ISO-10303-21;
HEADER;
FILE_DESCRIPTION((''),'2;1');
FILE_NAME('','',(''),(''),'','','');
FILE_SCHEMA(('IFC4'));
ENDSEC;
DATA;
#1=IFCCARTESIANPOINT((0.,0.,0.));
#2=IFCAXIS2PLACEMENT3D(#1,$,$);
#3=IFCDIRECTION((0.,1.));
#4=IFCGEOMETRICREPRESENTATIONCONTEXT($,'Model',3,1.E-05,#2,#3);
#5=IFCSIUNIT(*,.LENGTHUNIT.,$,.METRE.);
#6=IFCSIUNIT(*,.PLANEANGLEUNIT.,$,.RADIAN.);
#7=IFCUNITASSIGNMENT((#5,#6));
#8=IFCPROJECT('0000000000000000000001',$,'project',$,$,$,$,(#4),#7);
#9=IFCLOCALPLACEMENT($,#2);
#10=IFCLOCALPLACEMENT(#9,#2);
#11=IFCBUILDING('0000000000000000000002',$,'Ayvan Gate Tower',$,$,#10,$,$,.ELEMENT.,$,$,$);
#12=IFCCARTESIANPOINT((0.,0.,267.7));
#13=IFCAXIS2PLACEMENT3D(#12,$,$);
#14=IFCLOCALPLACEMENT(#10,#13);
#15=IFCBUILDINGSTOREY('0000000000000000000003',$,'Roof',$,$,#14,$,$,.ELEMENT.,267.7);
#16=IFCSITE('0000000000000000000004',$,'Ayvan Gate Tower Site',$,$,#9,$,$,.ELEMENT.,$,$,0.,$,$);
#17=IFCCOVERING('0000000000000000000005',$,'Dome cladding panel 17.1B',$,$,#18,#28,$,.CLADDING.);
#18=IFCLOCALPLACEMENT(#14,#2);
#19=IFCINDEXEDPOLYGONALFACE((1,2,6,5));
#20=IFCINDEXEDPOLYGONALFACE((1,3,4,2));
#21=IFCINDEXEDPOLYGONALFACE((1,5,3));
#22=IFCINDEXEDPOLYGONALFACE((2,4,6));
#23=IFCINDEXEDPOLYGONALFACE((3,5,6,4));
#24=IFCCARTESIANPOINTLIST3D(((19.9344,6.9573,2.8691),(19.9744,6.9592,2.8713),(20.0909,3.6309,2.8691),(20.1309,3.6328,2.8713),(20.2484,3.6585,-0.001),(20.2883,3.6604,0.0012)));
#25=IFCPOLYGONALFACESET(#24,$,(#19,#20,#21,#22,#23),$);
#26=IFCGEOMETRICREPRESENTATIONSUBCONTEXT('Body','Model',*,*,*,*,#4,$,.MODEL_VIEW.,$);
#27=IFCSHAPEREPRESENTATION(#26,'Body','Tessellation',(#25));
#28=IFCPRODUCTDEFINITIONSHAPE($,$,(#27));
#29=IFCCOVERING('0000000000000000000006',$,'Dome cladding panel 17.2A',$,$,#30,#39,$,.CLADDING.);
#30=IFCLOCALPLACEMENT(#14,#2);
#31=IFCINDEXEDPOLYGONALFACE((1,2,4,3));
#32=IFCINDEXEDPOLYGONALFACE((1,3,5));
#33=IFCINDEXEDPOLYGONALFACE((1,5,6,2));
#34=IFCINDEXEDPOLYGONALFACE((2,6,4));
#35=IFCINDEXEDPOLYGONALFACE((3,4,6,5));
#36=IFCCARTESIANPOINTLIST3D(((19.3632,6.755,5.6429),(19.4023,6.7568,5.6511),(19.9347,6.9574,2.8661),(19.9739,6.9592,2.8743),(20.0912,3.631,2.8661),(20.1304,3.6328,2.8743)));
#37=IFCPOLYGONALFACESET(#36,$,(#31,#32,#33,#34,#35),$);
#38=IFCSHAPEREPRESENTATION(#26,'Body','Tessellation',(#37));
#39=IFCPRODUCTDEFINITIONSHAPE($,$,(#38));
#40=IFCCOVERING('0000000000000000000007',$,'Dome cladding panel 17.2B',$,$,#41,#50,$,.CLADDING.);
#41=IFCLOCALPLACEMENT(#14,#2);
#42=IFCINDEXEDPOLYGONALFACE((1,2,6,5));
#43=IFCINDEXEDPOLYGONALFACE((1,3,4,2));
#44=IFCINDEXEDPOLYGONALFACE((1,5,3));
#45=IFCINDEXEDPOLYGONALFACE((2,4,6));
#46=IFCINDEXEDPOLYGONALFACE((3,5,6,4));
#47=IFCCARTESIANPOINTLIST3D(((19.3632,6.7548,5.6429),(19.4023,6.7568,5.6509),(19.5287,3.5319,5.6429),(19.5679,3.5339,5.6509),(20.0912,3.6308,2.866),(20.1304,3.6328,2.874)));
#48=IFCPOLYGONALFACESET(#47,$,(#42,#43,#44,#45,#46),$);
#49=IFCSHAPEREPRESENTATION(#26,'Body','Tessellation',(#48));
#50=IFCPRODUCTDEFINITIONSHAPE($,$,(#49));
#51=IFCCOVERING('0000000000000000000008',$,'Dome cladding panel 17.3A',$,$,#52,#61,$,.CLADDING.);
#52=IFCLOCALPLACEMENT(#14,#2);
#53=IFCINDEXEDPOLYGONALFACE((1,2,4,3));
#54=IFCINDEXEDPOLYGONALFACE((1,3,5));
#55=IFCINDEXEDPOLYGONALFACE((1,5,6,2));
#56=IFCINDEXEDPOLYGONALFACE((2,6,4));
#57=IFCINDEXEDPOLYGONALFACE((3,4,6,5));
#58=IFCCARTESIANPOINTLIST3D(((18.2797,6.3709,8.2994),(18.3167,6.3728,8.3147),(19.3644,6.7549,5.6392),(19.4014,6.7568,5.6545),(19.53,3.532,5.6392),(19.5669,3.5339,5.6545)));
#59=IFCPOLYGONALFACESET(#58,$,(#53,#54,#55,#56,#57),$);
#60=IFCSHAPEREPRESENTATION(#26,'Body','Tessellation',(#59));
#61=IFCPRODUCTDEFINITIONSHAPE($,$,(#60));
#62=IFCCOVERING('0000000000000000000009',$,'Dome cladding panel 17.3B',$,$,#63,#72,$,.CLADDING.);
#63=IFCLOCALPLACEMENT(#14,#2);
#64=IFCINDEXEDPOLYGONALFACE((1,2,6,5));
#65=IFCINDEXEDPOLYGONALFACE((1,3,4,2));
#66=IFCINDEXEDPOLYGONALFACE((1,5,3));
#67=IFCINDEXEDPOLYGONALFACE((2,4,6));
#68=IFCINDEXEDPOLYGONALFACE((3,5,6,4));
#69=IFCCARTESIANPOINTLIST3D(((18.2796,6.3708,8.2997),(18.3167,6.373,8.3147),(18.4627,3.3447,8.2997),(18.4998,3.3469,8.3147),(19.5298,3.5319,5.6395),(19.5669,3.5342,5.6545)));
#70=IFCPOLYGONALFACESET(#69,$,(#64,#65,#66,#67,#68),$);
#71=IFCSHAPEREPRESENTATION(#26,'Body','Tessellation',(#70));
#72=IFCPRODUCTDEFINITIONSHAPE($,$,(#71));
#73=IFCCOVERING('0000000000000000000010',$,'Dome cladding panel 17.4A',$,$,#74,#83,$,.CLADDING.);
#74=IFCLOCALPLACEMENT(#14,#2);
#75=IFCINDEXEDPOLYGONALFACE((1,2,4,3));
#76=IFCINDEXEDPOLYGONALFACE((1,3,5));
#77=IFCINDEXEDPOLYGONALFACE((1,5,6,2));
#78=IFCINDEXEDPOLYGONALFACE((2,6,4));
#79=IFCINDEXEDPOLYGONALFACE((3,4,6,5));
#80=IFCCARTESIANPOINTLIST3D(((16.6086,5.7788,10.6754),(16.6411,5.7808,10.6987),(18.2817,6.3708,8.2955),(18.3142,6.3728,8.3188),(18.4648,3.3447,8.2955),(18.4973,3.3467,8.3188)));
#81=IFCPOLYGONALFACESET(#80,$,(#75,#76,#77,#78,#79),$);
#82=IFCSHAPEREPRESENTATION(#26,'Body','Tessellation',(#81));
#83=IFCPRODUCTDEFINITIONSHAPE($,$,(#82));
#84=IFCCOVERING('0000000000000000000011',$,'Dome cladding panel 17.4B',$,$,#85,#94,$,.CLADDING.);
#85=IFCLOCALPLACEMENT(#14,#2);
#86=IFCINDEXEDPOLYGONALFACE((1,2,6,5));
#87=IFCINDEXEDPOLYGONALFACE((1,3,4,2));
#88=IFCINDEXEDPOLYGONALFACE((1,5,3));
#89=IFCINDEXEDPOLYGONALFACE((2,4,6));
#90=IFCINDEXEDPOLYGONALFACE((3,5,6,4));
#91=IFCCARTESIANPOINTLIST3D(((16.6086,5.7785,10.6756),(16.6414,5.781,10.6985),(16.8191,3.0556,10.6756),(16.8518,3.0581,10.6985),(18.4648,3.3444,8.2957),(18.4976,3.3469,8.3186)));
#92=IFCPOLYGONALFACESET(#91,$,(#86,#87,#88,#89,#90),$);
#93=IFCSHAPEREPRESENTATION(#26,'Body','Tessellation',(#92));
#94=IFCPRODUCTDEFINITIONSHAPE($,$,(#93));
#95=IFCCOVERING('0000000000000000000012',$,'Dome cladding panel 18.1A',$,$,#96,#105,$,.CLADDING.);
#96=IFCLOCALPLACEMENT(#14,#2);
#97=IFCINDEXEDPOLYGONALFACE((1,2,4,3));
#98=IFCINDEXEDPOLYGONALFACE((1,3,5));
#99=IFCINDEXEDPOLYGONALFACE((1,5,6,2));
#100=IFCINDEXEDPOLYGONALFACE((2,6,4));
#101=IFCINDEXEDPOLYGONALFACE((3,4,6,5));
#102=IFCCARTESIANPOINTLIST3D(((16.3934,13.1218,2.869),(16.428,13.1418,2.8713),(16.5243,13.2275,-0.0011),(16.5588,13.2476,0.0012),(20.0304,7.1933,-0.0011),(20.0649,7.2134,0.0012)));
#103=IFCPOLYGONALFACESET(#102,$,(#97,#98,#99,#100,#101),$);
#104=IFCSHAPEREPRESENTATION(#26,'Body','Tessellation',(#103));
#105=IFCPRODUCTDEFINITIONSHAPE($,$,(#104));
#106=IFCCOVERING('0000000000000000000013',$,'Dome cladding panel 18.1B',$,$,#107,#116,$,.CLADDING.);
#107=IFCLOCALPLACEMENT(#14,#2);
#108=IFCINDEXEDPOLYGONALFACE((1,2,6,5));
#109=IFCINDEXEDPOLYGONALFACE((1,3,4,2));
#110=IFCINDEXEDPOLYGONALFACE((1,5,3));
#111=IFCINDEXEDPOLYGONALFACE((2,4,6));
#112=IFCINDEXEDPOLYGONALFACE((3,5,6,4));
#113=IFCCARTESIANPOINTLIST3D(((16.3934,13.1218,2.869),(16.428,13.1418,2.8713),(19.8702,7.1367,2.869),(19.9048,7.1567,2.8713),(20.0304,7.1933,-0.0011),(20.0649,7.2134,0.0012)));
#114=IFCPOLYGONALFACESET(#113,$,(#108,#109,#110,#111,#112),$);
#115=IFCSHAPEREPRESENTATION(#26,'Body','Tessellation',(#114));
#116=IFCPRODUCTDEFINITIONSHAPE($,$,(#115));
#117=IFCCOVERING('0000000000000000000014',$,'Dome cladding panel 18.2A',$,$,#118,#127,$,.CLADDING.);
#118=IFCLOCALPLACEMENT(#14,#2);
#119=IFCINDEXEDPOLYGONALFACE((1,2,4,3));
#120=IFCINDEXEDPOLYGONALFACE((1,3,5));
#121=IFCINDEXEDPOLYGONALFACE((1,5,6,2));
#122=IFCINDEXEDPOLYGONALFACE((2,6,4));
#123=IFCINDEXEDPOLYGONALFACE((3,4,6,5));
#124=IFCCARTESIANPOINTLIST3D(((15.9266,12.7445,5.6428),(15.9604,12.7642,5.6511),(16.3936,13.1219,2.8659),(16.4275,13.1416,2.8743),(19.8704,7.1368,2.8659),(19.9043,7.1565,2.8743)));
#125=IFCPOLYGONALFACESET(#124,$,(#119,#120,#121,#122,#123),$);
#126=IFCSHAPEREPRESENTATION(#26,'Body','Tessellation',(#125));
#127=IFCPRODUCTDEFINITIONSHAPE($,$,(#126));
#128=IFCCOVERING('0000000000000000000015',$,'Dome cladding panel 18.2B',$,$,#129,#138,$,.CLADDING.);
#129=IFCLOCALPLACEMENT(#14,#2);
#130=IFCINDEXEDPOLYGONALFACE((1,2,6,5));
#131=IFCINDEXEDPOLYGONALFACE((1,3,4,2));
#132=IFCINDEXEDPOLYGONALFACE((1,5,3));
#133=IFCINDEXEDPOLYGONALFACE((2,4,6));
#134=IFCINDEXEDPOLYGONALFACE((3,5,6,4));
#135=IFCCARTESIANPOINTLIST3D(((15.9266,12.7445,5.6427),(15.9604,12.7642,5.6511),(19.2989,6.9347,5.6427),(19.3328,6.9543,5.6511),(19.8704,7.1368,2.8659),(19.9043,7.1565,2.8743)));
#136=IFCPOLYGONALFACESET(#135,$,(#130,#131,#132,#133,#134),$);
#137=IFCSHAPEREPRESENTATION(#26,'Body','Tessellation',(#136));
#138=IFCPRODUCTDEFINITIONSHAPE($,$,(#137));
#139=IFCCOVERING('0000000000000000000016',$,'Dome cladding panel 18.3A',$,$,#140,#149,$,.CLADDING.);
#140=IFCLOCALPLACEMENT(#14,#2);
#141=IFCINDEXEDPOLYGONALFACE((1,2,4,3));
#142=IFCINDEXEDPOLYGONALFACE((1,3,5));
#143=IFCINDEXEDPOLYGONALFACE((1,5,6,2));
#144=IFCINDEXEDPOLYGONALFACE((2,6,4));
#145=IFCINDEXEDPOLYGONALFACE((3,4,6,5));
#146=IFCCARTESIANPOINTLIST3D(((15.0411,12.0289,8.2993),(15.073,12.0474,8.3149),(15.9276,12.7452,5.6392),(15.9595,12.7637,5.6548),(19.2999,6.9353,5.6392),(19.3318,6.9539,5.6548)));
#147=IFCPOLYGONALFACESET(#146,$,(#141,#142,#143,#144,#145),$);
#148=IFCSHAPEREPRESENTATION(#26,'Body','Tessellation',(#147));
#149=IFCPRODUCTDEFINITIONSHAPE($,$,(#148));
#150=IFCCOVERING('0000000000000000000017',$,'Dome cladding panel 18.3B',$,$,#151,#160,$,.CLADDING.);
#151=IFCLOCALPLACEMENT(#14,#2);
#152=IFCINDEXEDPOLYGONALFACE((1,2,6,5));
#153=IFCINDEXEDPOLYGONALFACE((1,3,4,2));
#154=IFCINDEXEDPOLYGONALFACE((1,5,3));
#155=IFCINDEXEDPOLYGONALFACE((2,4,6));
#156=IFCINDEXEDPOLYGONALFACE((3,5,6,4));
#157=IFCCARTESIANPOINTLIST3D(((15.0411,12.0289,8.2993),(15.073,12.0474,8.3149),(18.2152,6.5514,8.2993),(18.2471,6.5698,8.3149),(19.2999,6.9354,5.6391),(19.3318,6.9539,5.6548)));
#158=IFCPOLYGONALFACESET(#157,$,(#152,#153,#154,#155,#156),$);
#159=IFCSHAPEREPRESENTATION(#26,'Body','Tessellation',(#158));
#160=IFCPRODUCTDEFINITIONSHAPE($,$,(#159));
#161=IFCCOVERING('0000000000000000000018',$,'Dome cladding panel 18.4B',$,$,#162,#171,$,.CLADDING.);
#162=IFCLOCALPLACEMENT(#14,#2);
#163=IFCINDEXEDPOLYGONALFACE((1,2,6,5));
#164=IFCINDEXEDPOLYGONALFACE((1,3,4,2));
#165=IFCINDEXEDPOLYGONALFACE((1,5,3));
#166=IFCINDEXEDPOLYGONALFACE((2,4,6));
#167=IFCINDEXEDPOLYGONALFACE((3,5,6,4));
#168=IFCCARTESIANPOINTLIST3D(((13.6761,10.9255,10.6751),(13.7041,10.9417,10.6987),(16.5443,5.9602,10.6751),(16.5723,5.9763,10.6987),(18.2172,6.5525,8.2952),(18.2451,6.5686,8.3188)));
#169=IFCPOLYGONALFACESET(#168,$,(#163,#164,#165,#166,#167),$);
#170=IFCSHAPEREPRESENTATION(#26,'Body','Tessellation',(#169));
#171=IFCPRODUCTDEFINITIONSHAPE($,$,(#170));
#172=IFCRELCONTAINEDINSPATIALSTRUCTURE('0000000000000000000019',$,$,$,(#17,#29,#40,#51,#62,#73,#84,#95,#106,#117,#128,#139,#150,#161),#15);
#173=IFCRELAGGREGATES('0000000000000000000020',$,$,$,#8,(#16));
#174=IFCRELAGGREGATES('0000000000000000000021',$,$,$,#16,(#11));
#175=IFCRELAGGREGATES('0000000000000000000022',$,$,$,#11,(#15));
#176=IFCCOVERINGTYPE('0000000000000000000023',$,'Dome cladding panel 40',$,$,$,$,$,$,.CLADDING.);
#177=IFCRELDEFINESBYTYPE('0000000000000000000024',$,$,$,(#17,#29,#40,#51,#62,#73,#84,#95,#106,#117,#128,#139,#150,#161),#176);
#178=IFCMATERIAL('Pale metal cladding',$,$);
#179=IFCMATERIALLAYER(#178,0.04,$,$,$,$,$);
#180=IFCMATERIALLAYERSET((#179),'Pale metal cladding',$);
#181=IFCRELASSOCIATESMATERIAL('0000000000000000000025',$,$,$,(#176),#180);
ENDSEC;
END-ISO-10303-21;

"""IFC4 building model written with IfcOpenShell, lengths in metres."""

from ifc_helpers import new_model, si_unit, direction, frame, origin, place, context, subcontext, project, spatial, polyline, outline, extrude, material, layer, layer_set, type_object, element, save


model = new_model("IFC4")

# Units and contexts
model_context = context("Model", 3, precision=1e-05, world=origin(), true_north=direction((0.0, 1.0)))
body_context = subcontext(model_context, "Body", "Model", "MODEL_VIEW")
ifc_project = project(units=[si_unit("LENGTHUNIT", "METRE"), si_unit("PLANEANGLEUNIT", "RADIAN")], contexts=[model_context])

# Site, building, storey
site_placement = place(None, origin())
site = spatial("IfcSite", under=ifc_project, at=site_placement, Name="Ayvan Gate Tower Site", CompositionType="ELEMENT", RefElevation=0.0)
building_placement = place(site_placement, origin())
building = spatial("IfcBuilding", under=site, at=building_placement, Name="Ayvan Gate Tower", CompositionType="ELEMENT")
storey_placement = place(building_placement, frame((0.0, 0.0, 267.7)))
storey = spatial("IfcBuildingStorey", under=building, at=storey_placement, Name="Roof", CompositionType="ELEMENT", Elevation=267.7)

# Coverings
ifc_material_1 = material(Name="Pale metal cladding")
ifc_layer_1 = layer(ifc_material_1, 0.04)
ifc_layer_set_1 = layer_set([ifc_layer_1], Name="Pale metal cladding")
covering_type = type_object("IfcCoveringType", Name="Dome cladding panel 40", PredefinedType="CLADDING", material=ifc_layer_set_1)
covering_1_placement = place(storey_placement, frame((20.2883, 3.6604, 0.0012), z_axis=(0.997374, 0.046922, 0.055173), x_axis=(-0.071618, 0.75249, 0.654698)))
element("IfcCovering", 1, at=covering_1_placement, inside=storey, type_object=covering_type, Name="Dome cladding panel 17.1B", PredefinedType="CLADDING", context=body_context, shape_type="SweptSolid", body=[
    extrude(outline(polyline([(0.0, 0.0), (4.3839, 0.0), (1.8696, 2.1835), (0.0, 0.0)])), origin(), (0.0, 0.0, -1.0), 0.04),
])
covering_2_placement = place(storey_placement, frame((20.1304, 3.6328, 2.8743), z_axis=(0.977765, 0.046, 0.204597), x_axis=(-0.046994, 0.998895, 0.0)))
element("IfcCovering", 2, at=covering_2_placement, inside=storey, type_object=covering_type, Name="Dome cladding panel 17.2A", PredefinedType="CLADDING", context=body_context, shape_type="SweptSolid", body=[
    extrude(outline(polyline([(0.0, 0.0), (3.3301, 0.0), (3.1548, 2.8369), (0.0, 0.0)])), origin(), (0.0, 0.0, -1.0), 0.04),
])
covering_3_placement = place(storey_placement, frame((20.1304, 3.6328, 2.874), z_axis=(0.978506, 0.050256, 0.200003), x_axis=(-0.171595, 0.73633, 0.654503)))
element("IfcCovering", 3, at=covering_3_placement, inside=storey, type_object=covering_type, Name="Dome cladding panel 17.2B", PredefinedType="CLADDING", context=body_context, shape_type="SweptSolid", body=[
    extrude(outline(polyline([(0.0, 0.0), (4.2427, 0.0), (1.8412, 2.1557), (0.0, 0.0)])), origin(), (0.0, 0.0, -1.0), 0.04),
])
covering_4_placement = place(storey_placement, frame((19.5669, 3.5339, 5.6545), z_axis=(0.922527, 0.047381, 0.383014), x_axis=(-0.051292, 0.998684, 0.0)))
element("IfcCovering", 4, at=covering_4_placement, inside=storey, type_object=covering_type, Name="Dome cladding panel 17.3A", PredefinedType="CLADDING", context=body_context, shape_type="SweptSolid", body=[
    extrude(outline(polyline([(0.0, 0.0), (3.2271, 0.0), (2.8993, 2.8798), (0.0, 0.0)])), origin(), (0.0, 0.0, -1.0), 0.04),
])
covering_5_placement = place(storey_placement, frame((19.5669, 3.5342, 5.6545), z_axis=(0.925282, 0.055987, 0.375124), x_axis=(-0.305952, 0.69471, 0.650977)))
element("IfcCovering", 5, at=covering_5_placement, inside=storey, type_object=covering_type, Name="Dome cladding panel 17.3B", PredefinedType="CLADDING", context=body_context, shape_type="SweptSolid", body=[
    extrude(outline(polyline([(0.0, 0.0), (4.0864, 0.0), (1.9281, 2.129), (0.0, 0.0)])), origin(), (0.0, 0.0, -1.0), 0.04),
])
covering_6_placement = place(storey_placement, frame((18.4973, 3.3467, 8.3188), z_axis=(0.811298, 0.04909, 0.582568), x_axis=(-0.060398, 0.998174, 0.0)))
element("IfcCovering", 6, at=covering_6_placement, inside=storey, type_object=covering_type, Name="Dome cladding panel 17.4A", PredefinedType="CLADDING", context=body_context, shape_type="SweptSolid", body=[
    extrude(outline(polyline([(0.0, 0.0), (3.0317, 0.0), (2.5417, 2.9281), (0.0, 0.0)])), origin(), (0.0, 0.0, -1.0), 0.04),
])
covering_7_placement = place(storey_placement, frame((18.4976, 3.3469, 8.3186), z_axis=(0.817248, 0.063164, 0.572814), x_axis=(-0.478726, 0.627765, 0.613786)))
element("IfcCovering", 7, at=covering_7_placement, inside=storey, type_object=covering_type, Name="Dome cladding panel 17.4B", PredefinedType="CLADDING", context=body_context, shape_type="SweptSolid", body=[
    extrude(outline(polyline([(0.0, 0.0), (3.8774, 0.0), (2.0673, 2.045), (0.0, 0.0)])), origin(), (0.0, 0.0, -1.0), 0.04),
])
covering_8_placement = place(storey_placement, frame((20.0649, 7.2134, 0.0012), z_axis=(0.863193, 0.50155, 0.057829), x_axis=(-0.502391, 0.86464, 0.0)))
element("IfcCovering", 8, at=covering_8_placement, inside=storey, type_object=covering_type, Name="Dome cladding panel 18.1A", PredefinedType="CLADDING", context=body_context, shape_type="SweptSolid", body=[
    extrude(outline(polyline([(0.0, 0.0), (6.9788, 0.0), (6.9532, 2.8749), (0.0, 0.0)])), origin(), (0.0, 0.0, -1.0), 0.04),
])
covering_9_placement = place(storey_placement, frame((20.0649, 7.2134, 0.0012), z_axis=(0.863231, 0.501459, 0.058065), x_axis=(-0.483376, 0.787932, 0.381458)))
element("IfcCovering", 9, at=covering_9_placement, inside=storey, type_object=covering_type, Name="Dome cladding panel 18.1B", PredefinedType="CLADDING", context=body_context, shape_type="SweptSolid", body=[
    extrude(outline(polyline([(0.0, 0.0), (7.5241, 0.0), (1.1276, 2.6448), (0.0, 0.0)])), origin(), (0.0, 0.0, -1.0), 0.04),
])
covering_10_placement = place(storey_placement, frame((19.9043, 7.1565, 2.8743), z_axis=(0.845596, 0.491215, 0.208989), x_axis=(-0.502307, 0.86469, 0.0)))
element("IfcCovering", 10, at=covering_10_placement, inside=storey, type_object=covering_type, Name="Dome cladding panel 18.2A", PredefinedType="CLADDING", context=body_context, shape_type="SweptSolid", body=[
    extrude(outline(polyline([(0.0, 0.0), (6.9217, 0.0), (6.8299, 2.8396), (0.0, 0.0)])), origin(), (0.0, 0.0, -1.0), 0.04),
])
covering_11_placement = place(storey_placement, frame((19.9043, 7.1565, 2.8743), z_axis=(0.845618, 0.49084, 0.209777), x_axis=(-0.533192, 0.758134, 0.37542)))
element("IfcCovering", 11, at=covering_11_placement, inside=storey, type_object=covering_type, Name="Dome cladding panel 18.2B", PredefinedType="CLADDING", context=body_context, shape_type="SweptSolid", body=[
    extrude(outline(polyline([(0.0, 0.0), (7.3967, 0.0), (1.194, 2.5793), (0.0, 0.0)])), origin(), (0.0, 0.0, -1.0), 0.04),
])
covering_12_placement = place(storey_placement, frame((19.3318, 6.9539, 5.6548), z_axis=(0.796421, 0.462284, 0.389881), x_axis=(-0.50201, 0.864862, 0.0)))
element("IfcCovering", 12, at=covering_12_placement, inside=storey, type_object=covering_type, Name="Dome cladding panel 18.3A", PredefinedType="CLADDING", context=body_context, shape_type="SweptSolid", body=[
    extrude(outline(polyline([(0.0, 0.0), (6.7176, 0.0), (6.5431, 2.8888), (0.0, 0.0)])), origin(), (0.0, 0.0, -1.0), 0.04),
])
covering_13_placement = place(storey_placement, frame((19.3318, 6.9539, 5.6548), z_axis=(0.796243, 0.461399, 0.391289), x_axis=(-0.595431, 0.712135, 0.371922)))
element("IfcCovering", 13, at=covering_13_placement, inside=storey, type_object=covering_type, Name="Dome cladding panel 18.3B", PredefinedType="CLADDING", context=body_context, shape_type="SweptSolid", body=[
    extrude(outline(polyline([(0.0, 0.0), (7.1524, 0.0), (1.3618, 2.5585), (0.0, 0.0)])), origin(), (0.0, 0.0, -1.0), 0.04),
])
covering_14_placement = place(storey_placement, frame((18.2451, 6.5686, 8.3188), z_axis=(0.698342, 0.403389, 0.591266), x_axis=(-0.673885, 0.648959, 0.353174)))
element("IfcCovering", 14, at=covering_14_placement, inside=storey, type_object=covering_type, Name="Dome cladding panel 18.4B", PredefinedType="CLADDING", context=body_context, shape_type="SweptSolid", body=[
    extrude(outline(polyline([(0.0, 0.0), (6.7386, 0.0), (1.5835, 2.5111), (0.0, 0.0)])), origin(), (0.0, 0.0, -1.0), 0.04),
])

save(model, "model.ifc")
